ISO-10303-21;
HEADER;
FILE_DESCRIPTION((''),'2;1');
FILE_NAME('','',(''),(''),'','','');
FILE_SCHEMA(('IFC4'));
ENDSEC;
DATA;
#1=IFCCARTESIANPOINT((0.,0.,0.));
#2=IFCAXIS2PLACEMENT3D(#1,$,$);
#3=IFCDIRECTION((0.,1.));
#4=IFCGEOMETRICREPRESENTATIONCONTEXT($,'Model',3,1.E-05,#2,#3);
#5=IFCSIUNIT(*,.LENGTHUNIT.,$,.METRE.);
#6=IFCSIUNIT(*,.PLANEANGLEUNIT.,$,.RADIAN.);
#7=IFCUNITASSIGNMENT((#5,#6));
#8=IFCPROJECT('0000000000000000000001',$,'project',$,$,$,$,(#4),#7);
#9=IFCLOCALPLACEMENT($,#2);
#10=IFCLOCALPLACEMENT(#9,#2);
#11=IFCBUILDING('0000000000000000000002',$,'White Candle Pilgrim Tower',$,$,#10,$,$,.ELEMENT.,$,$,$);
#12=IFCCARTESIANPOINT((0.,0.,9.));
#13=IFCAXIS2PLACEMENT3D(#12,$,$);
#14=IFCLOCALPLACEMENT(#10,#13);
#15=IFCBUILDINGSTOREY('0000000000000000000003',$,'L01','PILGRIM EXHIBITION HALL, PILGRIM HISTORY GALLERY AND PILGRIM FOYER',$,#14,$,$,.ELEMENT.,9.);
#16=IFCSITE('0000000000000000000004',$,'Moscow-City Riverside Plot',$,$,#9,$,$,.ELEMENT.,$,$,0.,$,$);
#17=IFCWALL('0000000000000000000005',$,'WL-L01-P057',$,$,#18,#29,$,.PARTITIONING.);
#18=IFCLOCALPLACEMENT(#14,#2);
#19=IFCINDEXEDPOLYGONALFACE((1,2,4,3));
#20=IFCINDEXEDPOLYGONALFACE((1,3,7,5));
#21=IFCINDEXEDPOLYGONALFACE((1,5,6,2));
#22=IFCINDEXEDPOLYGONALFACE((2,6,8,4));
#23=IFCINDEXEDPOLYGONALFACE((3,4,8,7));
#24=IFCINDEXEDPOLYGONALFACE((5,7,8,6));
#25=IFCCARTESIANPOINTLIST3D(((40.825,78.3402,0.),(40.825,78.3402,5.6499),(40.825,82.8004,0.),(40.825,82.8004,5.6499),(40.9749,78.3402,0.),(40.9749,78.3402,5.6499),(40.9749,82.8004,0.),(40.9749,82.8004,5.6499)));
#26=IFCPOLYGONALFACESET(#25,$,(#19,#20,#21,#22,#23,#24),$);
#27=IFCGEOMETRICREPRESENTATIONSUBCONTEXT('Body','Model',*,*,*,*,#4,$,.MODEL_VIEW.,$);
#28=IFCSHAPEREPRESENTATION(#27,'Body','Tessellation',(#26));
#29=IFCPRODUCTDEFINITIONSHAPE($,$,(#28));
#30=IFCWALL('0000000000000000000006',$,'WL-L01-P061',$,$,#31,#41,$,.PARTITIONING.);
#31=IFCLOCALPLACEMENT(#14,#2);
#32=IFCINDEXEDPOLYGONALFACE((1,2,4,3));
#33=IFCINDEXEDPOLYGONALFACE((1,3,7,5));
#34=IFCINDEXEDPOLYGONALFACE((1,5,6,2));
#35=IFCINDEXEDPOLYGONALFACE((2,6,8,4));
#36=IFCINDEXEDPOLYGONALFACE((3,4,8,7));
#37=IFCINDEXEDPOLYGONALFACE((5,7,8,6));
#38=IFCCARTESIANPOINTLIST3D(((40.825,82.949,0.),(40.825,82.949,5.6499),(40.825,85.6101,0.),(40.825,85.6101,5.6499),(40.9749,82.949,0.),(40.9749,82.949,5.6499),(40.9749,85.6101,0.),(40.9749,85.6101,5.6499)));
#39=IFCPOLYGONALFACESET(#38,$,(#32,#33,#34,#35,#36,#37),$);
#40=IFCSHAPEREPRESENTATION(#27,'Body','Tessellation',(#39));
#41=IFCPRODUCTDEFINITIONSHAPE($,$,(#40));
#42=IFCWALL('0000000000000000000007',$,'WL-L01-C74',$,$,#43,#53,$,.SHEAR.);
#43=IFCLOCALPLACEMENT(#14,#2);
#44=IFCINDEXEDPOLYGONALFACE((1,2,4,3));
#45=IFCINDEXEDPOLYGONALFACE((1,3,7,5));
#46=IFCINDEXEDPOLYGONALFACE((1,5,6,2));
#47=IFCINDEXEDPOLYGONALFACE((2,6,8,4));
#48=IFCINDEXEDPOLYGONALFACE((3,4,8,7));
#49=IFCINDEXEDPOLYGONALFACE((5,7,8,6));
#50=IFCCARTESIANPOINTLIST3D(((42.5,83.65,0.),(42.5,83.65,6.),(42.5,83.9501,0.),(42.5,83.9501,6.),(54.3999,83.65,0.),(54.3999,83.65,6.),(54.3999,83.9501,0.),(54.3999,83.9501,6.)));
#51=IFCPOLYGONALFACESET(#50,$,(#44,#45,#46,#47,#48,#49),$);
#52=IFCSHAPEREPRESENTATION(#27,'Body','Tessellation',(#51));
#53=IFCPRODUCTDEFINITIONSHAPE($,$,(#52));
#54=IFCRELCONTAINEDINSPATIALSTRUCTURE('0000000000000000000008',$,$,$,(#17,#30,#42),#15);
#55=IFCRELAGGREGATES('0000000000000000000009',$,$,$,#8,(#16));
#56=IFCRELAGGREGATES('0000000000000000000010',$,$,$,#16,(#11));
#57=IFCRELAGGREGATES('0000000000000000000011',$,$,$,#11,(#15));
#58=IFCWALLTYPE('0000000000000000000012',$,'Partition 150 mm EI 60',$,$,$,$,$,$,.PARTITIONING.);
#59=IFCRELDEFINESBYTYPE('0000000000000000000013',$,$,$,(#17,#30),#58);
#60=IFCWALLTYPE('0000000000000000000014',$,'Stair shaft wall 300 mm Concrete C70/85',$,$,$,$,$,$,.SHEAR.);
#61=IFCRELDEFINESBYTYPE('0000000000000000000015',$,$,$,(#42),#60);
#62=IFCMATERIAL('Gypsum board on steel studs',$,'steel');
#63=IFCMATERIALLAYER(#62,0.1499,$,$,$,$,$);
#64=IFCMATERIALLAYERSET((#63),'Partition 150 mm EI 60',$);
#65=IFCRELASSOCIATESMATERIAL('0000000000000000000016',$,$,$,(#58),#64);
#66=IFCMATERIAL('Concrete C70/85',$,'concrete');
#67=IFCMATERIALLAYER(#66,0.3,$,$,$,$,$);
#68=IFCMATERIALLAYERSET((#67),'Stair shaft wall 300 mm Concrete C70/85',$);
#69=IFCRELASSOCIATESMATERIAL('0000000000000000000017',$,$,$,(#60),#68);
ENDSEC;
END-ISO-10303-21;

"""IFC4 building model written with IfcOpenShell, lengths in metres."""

from ifc_helpers import new_model, si_unit, direction, frame, frame_2d, origin, place, context, subcontext, project, spatial, rectangle, extrude, material, layer, layer_set, type_object, element, save


model = new_model("IFC4")

# Units and contexts
model_context = context("Model", 3, precision=1e-05, world=origin(), true_north=direction((0.0, 1.0)))
body_context = subcontext(model_context, "Body", "Model", "MODEL_VIEW")
ifc_project = project(units=[si_unit("LENGTHUNIT", "METRE"), si_unit("PLANEANGLEUNIT", "RADIAN")], contexts=[model_context])

# Site, building, storey
site_placement = place(None, origin())
site = spatial("IfcSite", under=ifc_project, at=site_placement, Name="Moscow-City Riverside Plot", CompositionType="ELEMENT", RefElevation=0.0)
building_placement = place(site_placement, origin())
building = spatial("IfcBuilding", under=site, at=building_placement, Name="White Candle Pilgrim Tower", CompositionType="ELEMENT")
storey_placement = place(building_placement, frame((0.0, 0.0, 9.0)))
storey = spatial("IfcBuildingStorey", under=building, at=storey_placement, Name="L01", Description="PILGRIM EXHIBITION HALL, PILGRIM HISTORY GALLERY AND PILGRIM FOYER", CompositionType="ELEMENT", Elevation=9.0)

# Shared definitions
ifc_material_1 = material(Name="Concrete C70/85", Category="concrete")

# Shared definitions
ifc_material_2 = material(Name="Gypsum board on steel studs", Category="steel")
ifc_layer_1 = layer(ifc_material_2, 0.1499)
ifc_layer_set_1 = layer_set([ifc_layer_1], Name="Partition 150 mm EI 60")
wall_type_1 = type_object("IfcWallType", Name="Partition 150 mm EI 60", PredefinedType="PARTITIONING", material=ifc_layer_set_1)

# Walls
wall_1_placement = place(storey_placement, frame((40.8999, 82.8003, 0.0), z_axis=(0.0, 0.0, 1.0), x_axis=(0.0, -1.0, 0.0)))
element("IfcWall", 1, at=wall_1_placement, inside=storey, type_object=wall_type_1, Name="WL-L01-P057", PredefinedType="PARTITIONING", context=body_context, shape_type="SweptSolid", body=[
    extrude(rectangle(XDim=4.4602, YDim=0.1499, at=frame_2d((2.23, 0.0))), origin(), (0.0, 0.0, 1.0), 5.6499),
])
wall_2_placement = place(storey_placement, frame((40.8999, 85.6101, 0.0), z_axis=(0.0, 0.0, 1.0), x_axis=(0.0, -1.0, 0.0)))
element("IfcWall", 2, at=wall_2_placement, inside=storey, type_object=wall_type_1, Name="WL-L01-P061", PredefinedType="PARTITIONING", context=body_context, shape_type="SweptSolid", body=[
    extrude(rectangle(XDim=2.6611, YDim=0.1499, at=frame_2d((1.3306, 0.0))), origin(), (0.0, 0.0, 1.0), 5.6499),
])
ifc_layer_2 = layer(ifc_material_1, 0.3)
ifc_layer_set_2 = layer_set([ifc_layer_2], Name="Stair shaft wall 300 mm Concrete C70/85")
wall_type_2 = type_object("IfcWallType", Name="Stair shaft wall 300 mm Concrete C70/85", PredefinedType="SHEAR", material=ifc_layer_set_2)
wall_3_placement = place(storey_placement, frame((42.5, 83.8, 0.0), z_axis=(0.0, 0.0, 1.0), x_axis=(1.0, 0.0, 0.0)))
element("IfcWall", 3, at=wall_3_placement, inside=storey, type_object=wall_type_2, Name="WL-L01-C74", PredefinedType="SHEAR", context=body_context, shape_type="SweptSolid", body=[
    extrude(rectangle(XDim=11.8999, YDim=0.3, at=frame_2d((5.95, 0.0))), origin(), (0.0, 0.0, 1.0), 6.0),
])

save(model, "model.ifc")
